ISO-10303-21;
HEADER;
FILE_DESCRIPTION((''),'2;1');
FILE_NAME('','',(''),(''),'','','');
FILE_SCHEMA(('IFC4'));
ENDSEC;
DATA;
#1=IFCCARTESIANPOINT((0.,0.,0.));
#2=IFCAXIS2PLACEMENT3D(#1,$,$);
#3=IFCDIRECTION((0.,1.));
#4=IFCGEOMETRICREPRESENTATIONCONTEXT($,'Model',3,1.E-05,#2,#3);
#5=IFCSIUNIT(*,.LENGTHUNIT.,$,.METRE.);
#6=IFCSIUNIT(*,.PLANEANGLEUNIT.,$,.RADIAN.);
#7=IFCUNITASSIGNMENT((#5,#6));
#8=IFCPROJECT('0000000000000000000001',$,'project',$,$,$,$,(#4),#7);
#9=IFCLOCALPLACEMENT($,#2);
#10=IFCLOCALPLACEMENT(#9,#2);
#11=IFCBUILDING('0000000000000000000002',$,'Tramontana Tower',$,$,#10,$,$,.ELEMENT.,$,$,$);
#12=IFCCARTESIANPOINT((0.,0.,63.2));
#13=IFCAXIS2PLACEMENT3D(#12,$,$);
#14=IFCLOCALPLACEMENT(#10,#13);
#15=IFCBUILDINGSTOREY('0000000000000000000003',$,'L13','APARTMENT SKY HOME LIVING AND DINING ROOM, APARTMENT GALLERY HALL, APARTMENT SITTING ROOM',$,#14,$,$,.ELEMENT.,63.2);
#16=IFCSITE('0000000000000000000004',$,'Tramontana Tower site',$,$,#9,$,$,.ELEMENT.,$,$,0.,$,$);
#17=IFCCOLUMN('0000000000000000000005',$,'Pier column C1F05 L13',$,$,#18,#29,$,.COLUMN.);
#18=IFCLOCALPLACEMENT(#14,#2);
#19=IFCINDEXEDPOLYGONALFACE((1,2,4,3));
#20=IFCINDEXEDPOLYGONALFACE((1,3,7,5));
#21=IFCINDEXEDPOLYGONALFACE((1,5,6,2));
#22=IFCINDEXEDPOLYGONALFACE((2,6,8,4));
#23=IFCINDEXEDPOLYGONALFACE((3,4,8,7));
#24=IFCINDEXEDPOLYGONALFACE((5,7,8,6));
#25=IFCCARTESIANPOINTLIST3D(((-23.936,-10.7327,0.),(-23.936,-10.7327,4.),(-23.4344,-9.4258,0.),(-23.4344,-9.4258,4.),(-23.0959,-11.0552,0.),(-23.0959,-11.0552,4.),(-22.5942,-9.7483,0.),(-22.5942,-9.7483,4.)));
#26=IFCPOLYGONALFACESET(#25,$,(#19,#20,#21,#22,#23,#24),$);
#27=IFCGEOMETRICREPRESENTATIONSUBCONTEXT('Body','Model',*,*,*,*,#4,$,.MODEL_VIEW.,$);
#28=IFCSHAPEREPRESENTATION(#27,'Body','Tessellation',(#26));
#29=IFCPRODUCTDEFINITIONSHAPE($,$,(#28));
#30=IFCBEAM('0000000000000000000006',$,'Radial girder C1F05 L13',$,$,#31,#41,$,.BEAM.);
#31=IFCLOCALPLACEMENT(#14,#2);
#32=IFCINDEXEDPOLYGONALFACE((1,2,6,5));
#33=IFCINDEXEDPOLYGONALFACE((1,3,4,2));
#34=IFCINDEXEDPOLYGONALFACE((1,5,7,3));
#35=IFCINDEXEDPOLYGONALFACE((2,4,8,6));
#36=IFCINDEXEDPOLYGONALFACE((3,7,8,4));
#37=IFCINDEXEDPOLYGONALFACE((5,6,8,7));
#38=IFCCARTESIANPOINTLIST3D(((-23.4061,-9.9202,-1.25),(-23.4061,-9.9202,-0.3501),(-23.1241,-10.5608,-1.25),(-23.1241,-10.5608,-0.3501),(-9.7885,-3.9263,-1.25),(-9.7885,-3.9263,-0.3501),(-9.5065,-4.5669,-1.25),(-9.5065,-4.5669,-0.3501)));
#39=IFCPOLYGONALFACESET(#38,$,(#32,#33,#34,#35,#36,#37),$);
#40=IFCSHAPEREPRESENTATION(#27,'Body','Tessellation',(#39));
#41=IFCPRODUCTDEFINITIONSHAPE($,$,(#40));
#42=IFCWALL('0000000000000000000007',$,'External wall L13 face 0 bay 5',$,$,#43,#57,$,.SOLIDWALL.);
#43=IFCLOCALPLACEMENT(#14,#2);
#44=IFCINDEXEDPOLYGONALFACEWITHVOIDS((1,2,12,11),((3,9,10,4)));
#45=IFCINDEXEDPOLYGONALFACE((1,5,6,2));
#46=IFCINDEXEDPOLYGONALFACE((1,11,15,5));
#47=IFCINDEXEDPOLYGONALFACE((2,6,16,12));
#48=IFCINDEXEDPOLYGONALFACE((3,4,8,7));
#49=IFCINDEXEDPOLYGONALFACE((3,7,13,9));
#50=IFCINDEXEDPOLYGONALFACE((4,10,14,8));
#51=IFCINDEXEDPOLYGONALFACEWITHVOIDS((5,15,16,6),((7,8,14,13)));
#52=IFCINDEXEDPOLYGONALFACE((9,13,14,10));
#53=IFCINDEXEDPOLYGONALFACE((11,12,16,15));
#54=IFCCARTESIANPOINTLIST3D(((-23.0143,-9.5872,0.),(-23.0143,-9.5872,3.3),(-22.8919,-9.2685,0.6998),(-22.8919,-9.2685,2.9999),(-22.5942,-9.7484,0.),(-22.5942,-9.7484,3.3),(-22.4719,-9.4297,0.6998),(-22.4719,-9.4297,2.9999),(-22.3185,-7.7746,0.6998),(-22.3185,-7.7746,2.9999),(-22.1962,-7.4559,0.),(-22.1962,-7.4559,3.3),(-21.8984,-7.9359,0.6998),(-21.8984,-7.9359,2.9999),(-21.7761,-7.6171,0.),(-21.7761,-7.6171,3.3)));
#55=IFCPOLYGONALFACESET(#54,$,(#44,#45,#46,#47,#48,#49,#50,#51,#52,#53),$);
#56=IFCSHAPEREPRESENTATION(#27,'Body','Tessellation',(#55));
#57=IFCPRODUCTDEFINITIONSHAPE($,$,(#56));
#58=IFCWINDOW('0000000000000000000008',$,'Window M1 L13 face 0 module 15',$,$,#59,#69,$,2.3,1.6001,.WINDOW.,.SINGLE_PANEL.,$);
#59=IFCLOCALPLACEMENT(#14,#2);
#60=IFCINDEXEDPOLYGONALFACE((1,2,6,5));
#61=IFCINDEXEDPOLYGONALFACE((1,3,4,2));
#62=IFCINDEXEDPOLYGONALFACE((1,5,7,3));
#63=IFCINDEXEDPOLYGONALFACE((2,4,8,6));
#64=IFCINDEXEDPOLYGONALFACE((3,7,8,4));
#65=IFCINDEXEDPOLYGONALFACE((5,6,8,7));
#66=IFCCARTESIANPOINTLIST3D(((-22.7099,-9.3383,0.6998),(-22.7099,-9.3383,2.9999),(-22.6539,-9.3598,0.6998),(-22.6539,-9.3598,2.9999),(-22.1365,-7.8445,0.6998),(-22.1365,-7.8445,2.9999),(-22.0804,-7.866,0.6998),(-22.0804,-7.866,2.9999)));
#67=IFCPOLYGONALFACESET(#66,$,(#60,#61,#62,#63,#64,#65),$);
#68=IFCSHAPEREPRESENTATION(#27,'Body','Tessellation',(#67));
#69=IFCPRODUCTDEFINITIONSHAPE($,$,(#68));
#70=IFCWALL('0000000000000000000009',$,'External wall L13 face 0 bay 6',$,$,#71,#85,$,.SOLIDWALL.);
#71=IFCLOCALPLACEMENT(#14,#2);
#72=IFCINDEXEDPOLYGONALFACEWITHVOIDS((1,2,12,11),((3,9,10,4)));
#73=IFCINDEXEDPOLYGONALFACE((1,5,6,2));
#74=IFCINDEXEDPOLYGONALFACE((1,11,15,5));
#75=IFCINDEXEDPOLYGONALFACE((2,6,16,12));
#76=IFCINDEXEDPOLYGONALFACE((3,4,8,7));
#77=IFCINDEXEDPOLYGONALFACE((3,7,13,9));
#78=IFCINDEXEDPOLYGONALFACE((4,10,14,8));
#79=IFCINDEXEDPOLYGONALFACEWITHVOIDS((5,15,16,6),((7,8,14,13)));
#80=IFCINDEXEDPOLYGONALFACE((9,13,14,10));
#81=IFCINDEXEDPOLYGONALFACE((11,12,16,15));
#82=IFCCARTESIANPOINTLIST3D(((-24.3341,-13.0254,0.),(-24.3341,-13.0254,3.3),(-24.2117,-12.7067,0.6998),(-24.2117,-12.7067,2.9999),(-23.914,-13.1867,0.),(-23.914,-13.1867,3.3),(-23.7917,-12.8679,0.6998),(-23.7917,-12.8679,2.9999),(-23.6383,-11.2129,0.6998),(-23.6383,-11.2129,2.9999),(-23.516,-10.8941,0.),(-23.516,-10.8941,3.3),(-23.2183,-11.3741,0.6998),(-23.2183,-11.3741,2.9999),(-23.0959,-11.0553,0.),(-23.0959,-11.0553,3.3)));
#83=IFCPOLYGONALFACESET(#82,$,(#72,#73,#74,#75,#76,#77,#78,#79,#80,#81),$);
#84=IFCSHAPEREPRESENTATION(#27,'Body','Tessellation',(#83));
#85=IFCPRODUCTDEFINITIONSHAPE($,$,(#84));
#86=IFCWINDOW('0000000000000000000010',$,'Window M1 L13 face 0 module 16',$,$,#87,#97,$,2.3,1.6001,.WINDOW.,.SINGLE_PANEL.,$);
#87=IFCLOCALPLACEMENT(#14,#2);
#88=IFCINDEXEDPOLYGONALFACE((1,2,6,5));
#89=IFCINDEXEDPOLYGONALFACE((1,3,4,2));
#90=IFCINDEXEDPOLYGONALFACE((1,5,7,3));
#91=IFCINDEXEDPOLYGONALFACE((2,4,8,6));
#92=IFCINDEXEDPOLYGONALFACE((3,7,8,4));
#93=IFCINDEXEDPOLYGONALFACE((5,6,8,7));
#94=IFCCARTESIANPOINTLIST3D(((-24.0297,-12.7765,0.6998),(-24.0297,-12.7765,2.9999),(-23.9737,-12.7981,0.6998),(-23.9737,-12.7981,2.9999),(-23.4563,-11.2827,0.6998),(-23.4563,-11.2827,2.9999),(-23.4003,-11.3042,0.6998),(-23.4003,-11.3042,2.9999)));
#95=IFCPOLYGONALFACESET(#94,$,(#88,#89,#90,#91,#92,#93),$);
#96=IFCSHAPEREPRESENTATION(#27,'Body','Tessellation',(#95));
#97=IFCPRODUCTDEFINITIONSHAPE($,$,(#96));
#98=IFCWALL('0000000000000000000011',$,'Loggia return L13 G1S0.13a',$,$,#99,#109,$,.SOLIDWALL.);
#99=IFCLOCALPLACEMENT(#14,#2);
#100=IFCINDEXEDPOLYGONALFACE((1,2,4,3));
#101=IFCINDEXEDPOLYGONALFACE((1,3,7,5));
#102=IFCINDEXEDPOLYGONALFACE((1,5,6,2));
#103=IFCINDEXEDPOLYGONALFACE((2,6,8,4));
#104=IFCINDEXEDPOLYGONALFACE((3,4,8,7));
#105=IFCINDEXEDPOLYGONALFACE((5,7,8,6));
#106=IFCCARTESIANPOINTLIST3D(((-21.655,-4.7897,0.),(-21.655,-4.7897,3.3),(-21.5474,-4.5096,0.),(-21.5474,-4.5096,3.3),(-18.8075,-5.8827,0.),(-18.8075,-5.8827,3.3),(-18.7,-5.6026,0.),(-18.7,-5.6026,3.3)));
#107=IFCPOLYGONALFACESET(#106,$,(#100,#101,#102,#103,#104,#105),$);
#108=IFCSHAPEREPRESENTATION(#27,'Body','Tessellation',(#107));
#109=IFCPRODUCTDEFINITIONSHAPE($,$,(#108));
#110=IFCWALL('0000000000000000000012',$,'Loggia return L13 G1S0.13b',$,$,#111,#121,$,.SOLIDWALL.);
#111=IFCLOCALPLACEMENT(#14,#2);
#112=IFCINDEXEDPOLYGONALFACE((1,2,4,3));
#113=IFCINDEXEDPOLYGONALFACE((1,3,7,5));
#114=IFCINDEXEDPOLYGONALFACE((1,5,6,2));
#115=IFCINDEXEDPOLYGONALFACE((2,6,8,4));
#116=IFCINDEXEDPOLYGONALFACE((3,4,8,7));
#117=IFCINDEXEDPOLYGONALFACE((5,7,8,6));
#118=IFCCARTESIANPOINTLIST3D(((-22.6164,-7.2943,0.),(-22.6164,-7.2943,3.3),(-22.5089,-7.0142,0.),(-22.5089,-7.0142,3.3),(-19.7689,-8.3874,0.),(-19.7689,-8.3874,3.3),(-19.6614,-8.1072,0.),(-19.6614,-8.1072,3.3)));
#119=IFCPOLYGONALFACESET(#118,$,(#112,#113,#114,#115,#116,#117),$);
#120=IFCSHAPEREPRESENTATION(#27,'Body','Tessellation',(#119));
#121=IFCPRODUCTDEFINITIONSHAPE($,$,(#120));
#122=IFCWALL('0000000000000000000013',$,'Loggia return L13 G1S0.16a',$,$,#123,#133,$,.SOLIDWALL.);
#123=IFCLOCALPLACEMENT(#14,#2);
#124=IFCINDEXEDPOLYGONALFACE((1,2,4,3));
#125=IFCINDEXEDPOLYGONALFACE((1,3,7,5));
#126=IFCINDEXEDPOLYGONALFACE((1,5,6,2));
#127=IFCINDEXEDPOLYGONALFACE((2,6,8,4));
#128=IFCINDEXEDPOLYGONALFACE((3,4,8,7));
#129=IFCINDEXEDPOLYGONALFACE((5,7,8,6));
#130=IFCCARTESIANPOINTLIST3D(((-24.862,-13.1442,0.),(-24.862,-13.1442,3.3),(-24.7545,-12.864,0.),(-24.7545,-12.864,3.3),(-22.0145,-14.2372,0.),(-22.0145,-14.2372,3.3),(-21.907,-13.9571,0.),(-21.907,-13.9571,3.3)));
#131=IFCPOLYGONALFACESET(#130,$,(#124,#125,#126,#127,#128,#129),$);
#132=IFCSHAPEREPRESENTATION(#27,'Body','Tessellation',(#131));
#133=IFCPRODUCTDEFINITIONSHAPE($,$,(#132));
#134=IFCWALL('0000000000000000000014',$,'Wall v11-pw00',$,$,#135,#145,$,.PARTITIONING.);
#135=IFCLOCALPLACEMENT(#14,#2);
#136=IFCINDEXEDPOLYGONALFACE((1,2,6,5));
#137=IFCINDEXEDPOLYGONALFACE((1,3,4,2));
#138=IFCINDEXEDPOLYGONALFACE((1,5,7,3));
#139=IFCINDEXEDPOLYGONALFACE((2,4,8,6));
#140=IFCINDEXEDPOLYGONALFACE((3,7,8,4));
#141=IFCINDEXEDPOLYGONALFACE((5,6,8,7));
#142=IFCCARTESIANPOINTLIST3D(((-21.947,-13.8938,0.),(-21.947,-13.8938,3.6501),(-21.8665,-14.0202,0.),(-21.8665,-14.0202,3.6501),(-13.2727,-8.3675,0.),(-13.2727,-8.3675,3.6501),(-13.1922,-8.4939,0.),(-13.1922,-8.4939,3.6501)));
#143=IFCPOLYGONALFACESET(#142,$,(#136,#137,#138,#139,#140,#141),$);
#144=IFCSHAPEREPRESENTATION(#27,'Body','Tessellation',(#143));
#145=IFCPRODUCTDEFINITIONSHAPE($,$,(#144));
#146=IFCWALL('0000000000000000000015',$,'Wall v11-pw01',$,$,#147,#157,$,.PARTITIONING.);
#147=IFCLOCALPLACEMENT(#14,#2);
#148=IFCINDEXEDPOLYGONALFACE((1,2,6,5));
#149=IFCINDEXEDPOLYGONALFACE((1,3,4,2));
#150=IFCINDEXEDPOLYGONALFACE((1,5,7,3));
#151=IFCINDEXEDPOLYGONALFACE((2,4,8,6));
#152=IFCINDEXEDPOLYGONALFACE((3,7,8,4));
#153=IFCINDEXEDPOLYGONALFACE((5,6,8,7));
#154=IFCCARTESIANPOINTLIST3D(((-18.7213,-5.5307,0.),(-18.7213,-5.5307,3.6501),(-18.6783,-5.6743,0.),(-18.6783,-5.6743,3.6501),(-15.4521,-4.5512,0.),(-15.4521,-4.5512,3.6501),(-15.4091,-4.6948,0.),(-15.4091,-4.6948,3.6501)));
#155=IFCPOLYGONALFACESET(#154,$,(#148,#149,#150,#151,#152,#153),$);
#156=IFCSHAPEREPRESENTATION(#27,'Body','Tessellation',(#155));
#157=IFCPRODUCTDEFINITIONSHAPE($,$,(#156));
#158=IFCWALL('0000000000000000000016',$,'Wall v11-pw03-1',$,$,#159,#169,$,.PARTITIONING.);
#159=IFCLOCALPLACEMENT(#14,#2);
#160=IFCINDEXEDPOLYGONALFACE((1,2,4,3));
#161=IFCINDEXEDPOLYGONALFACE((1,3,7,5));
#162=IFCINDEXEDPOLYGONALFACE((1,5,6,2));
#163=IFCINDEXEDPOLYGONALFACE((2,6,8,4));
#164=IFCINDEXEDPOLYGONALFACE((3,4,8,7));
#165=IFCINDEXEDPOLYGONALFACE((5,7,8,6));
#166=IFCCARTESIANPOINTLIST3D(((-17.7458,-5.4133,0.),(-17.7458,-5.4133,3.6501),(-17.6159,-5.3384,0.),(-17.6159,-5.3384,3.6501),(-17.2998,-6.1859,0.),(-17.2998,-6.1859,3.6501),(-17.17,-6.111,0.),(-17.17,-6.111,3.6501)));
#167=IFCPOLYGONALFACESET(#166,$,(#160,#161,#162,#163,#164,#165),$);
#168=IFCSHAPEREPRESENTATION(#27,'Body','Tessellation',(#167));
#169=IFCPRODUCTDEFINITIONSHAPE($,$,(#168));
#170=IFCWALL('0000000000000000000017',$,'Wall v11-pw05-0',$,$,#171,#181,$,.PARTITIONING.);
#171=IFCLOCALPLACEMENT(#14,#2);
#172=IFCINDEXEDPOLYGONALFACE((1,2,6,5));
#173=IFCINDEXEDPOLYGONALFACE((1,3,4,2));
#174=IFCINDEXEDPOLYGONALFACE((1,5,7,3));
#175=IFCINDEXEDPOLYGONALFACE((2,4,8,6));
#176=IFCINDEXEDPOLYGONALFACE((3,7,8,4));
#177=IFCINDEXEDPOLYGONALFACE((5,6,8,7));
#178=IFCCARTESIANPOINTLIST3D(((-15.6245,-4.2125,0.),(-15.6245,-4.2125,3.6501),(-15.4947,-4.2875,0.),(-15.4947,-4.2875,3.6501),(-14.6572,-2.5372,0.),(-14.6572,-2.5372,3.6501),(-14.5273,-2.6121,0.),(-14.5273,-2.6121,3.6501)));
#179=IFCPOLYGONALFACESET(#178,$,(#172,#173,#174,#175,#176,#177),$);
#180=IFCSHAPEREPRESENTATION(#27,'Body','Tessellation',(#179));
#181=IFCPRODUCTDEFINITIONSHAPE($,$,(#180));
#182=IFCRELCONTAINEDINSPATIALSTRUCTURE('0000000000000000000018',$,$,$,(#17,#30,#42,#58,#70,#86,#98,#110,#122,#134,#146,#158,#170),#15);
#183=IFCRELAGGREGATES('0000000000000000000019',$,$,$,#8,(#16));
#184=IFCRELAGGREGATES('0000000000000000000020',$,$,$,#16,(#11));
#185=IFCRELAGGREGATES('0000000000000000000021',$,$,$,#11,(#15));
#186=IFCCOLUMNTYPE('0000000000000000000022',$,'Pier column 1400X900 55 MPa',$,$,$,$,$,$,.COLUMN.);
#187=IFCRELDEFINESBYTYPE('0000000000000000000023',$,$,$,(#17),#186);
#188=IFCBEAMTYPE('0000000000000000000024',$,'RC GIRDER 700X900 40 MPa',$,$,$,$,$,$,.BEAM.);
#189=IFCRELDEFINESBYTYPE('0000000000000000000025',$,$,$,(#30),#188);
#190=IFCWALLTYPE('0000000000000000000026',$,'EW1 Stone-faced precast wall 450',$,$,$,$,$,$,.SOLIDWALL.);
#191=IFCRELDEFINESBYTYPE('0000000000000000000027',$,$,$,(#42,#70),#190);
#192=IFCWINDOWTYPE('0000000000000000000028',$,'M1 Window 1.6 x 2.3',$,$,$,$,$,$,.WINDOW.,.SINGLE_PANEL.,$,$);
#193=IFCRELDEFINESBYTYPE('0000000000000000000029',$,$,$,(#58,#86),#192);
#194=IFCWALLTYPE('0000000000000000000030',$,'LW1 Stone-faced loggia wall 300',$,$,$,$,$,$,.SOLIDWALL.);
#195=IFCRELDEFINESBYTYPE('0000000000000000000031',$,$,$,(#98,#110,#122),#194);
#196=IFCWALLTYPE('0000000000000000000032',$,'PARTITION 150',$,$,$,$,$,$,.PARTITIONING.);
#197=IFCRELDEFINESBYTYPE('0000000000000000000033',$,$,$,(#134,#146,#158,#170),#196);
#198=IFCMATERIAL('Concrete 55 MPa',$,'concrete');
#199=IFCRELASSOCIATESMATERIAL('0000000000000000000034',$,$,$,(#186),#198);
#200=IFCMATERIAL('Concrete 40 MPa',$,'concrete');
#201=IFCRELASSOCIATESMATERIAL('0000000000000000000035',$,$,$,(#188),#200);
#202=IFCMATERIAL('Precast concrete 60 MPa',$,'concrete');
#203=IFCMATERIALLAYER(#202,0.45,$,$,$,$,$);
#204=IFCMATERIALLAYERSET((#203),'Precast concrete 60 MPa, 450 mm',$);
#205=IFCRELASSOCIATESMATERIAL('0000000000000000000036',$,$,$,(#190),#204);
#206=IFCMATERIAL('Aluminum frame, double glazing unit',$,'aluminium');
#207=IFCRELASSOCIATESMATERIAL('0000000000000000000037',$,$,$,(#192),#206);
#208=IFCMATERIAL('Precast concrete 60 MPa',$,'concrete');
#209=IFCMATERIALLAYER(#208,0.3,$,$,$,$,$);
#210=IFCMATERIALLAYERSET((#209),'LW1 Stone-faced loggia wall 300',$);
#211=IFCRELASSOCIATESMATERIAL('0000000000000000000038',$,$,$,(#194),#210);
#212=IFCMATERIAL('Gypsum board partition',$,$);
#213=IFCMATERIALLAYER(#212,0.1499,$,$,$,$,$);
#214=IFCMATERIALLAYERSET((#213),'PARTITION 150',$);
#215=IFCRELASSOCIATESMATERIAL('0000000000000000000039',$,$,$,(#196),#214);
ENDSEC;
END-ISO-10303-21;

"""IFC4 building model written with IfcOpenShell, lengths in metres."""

from ifc_helpers import new_model, si_unit, direction, frame, frame_2d, origin, origin_2d, place, context, subcontext, project, spatial, rectangle, extrude, material, layer, layer_set, material_profile, profile_set, type_object, element, fill, save


model = new_model("IFC4")

# Units and contexts
model_context = context("Model", 3, precision=1e-05, world=origin(), true_north=direction((0.0, 1.0)))
body_context = subcontext(model_context, "Body", "Model", "MODEL_VIEW")
ifc_project = project(units=[si_unit("LENGTHUNIT", "METRE"), si_unit("PLANEANGLEUNIT", "RADIAN")], contexts=[model_context])

# Site, building, storey
site_placement = place(None, origin())
site = spatial("IfcSite", under=ifc_project, at=site_placement, Name="Tramontana Tower site", CompositionType="ELEMENT", RefElevation=0.0)
building_placement = place(site_placement, origin())
building = spatial("IfcBuilding", under=site, at=building_placement, Name="Tramontana Tower", CompositionType="ELEMENT")
storey_placement = place(building_placement, frame((0.0, 0.0, 63.2)))
storey = spatial("IfcBuildingStorey", under=building, at=storey_placement, Name="L13", Description="APARTMENT SKY HOME LIVING AND DINING ROOM, APARTMENT GALLERY HALL, APARTMENT SITTING ROOM", CompositionType="ELEMENT", Elevation=63.2)

# Column
ifc_material_1 = material(Name="Concrete 55 MPa", Category="concrete")
ifc_material_profile_1 = material_profile(ifc_material_1, rectangle(XDim=1.3999, YDim=0.8999, at=origin_2d()), Name="Pier column 1400X900 55 MPa")
ifc_profile_set_1 = profile_set([ifc_material_profile_1], Name="Concrete 55 MPa")
column_type = type_object("IfcColumnType", Name="Pier column 1400X900 55 MPa", PredefinedType="COLUMN", material=ifc_profile_set_1)
column_placement = place(storey_placement, frame((-23.2651, -10.2405, 0.0), z_axis=(0.0, 0.0, 1.0), x_axis=(-0.358368, -0.93358, 0.0)))
element("IfcColumn", 1, at=column_placement, inside=storey, type_object=column_type, Name="Pier column C1F05 L13", PredefinedType="COLUMN", context=body_context, shape_type="SweptSolid", body=[
    extrude(rectangle(XDim=1.3999, YDim=0.8999, at=origin_2d()), origin(), (0.0, 0.0, 1.0), 4.0),
])

# Beam
ifc_material_2 = material(Name="Concrete 40 MPa", Category="concrete")
ifc_material_profile_2 = material_profile(ifc_material_2, rectangle(XDim=0.7, YDim=0.8999, at=origin_2d()), Name="RC GIRDER 700X900 40 MPa")
ifc_profile_set_2 = profile_set([ifc_material_profile_2], Name="Concrete 40 MPa")
beam_type = type_object("IfcBeamType", Name="RC GIRDER 700X900 40 MPa", PredefinedType="BEAM", material=ifc_profile_set_2)
beam_placement = place(storey_placement, frame((-23.2651, -10.2405, -0.8), z_axis=(0.915263, 0.402858, 0.0), x_axis=(-0.402858, 0.915263, 0.0)))
element("IfcBeam", 2, at=beam_placement, inside=storey, type_object=beam_type, Name="Radial girder C1F05 L13", PredefinedType="BEAM", context=body_context, shape_type="SweptSolid", body=[
    extrude(rectangle(XDim=0.7, YDim=0.8999, at=origin_2d()), origin(), (0.0, 0.0, 1.0), 14.8784),
])

# Walls, openings, windows
ifc_material_3 = material(Name="Precast concrete 60 MPa", Category="concrete")
ifc_layer_1 = layer(ifc_material_3, 0.45)
ifc_layer_set_1 = layer_set([ifc_layer_1], Name="Precast concrete 60 MPa, 450 mm")
wall_type_1 = type_object("IfcWallType", Name="EW1 Stone-faced precast wall 450", PredefinedType="SOLIDWALL", material=ifc_layer_set_1)
wall_1_placement = place(storey_placement, frame((-21.9861, -7.5364, 0.0), z_axis=(0.0, 0.0, 1.0), x_axis=(-0.358356, -0.933585, 0.0)))
wall_1 = element("IfcWall", 3, at=wall_1_placement, inside=storey, type_object=wall_type_1, Name="External wall L13 face 0 bay 5", PredefinedType="SOLIDWALL", context=body_context, shape_type="SweptSolid", body=[
    extrude(rectangle(XDim=2.283, YDim=0.45, at=frame_2d((1.1416, 0.0))), origin(), (0.0, 0.0, 1.0), 3.3),
])
opening_1_placement = place(wall_1_placement, frame((0.3416, 0.0, 0.7)))
opening_1 = element("IfcOpeningElement", 4, at=opening_1_placement, cuts=wall_1, PredefinedType="OPENING", context=body_context, shape_type="SweptSolid", body=[
    extrude(rectangle(XDim=1.6001, YDim=2.3, at=frame_2d((0.8, 1.1499))), frame((0.0, 0.2349, 0.0), z_axis=(0.0, -1.0, 0.0), x_axis=(1.0, 0.0, 0.0)), (0.0, 0.0, 1.0), 0.47),
])
ifc_material_4 = material(Name="Aluminum frame, double glazing unit", Category="aluminium")
window_type = type_object("IfcWindowType", Name="M1 Window 1.6 x 2.3", PartitioningType="SINGLE_PANEL", PredefinedType="WINDOW", material=ifc_material_4)
window_1_placement = place(opening_1_placement, origin())
window_1 = element("IfcWindow", 5, at=window_1_placement, inside=storey, type_object=window_type, Name="Window M1 L13 face 0 module 15", OverallHeight=2.3, OverallWidth=1.6001, PartitioningType="SINGLE_PANEL", PredefinedType="WINDOW", context=body_context, shape_type="SweptSolid", body=[
    extrude(rectangle(XDim=1.6001, YDim=2.3, at=frame_2d((0.8, 1.1499))), frame((0.0, 0.03, 0.0), z_axis=(0.0, -1.0, 0.0), x_axis=(1.0, 0.0, 0.0)), (0.0, 0.0, 1.0), 0.0601),
])
fill(opening_1, window_1)
wall_2_placement = place(storey_placement, frame((-23.3059, -10.9746, 0.0), z_axis=(0.0, 0.0, 1.0), x_axis=(-0.358356, -0.933585, 0.0)))
wall_2 = element("IfcWall", 6, at=wall_2_placement, inside=storey, type_object=wall_type_1, Name="External wall L13 face 0 bay 6", PredefinedType="SOLIDWALL", context=body_context, shape_type="SweptSolid", body=[
    extrude(rectangle(XDim=2.283, YDim=0.45, at=frame_2d((1.1416, 0.0))), origin(), (0.0, 0.0, 1.0), 3.3),
])
opening_2_placement = place(wall_2_placement, frame((0.3416, 0.0, 0.7)))
opening_2 = element("IfcOpeningElement", 7, at=opening_2_placement, cuts=wall_2, PredefinedType="OPENING", context=body_context, shape_type="SweptSolid", body=[
    extrude(rectangle(XDim=1.6001, YDim=2.3, at=frame_2d((0.8, 1.1499))), frame((0.0, 0.2349, 0.0), z_axis=(0.0, -1.0, 0.0), x_axis=(1.0, 0.0, 0.0)), (0.0, 0.0, 1.0), 0.47),
])
window_2_placement = place(opening_2_placement, origin())
window_2 = element("IfcWindow", 8, at=window_2_placement, inside=storey, type_object=window_type, Name="Window M1 L13 face 0 module 16", OverallHeight=2.3, OverallWidth=1.6001, PartitioningType="SINGLE_PANEL", PredefinedType="WINDOW", context=body_context, shape_type="SweptSolid", body=[
    extrude(rectangle(XDim=1.6001, YDim=2.3, at=frame_2d((0.8, 1.1499))), frame((0.0, 0.03, 0.0), z_axis=(0.0, -1.0, 0.0), x_axis=(1.0, 0.0, 0.0)), (0.0, 0.0, 1.0), 0.0601),
])
fill(opening_2, window_2)

# Shared definitions
ifc_material_5 = material(Name="Precast concrete 60 MPa", Category="concrete")
ifc_layer_2 = layer(ifc_material_5, 0.3)
ifc_layer_set_2 = layer_set([ifc_layer_2], Name="LW1 Stone-faced loggia wall 300")
wall_type_2 = type_object("IfcWallType", Name="LW1 Stone-faced loggia wall 300", PredefinedType="SOLIDWALL", material=ifc_layer_set_2)

# Walls
for number, where, z_axis, x_axis, name in (
    (9, (-21.6011, -4.6497, 0.0), (0.0, 0.0, 1.0), (0.933581, -0.358368, 0.0), "Loggia return L13 G1S0.13a"),
    (10, (-22.5625, -7.1543, 0.0), (0.0, 0.0, 1.0), (0.933581, -0.358368, 0.0), "Loggia return L13 G1S0.13b"),
):
    element("IfcWall", number, at=place(storey_placement, frame(where, z_axis=z_axis, x_axis=x_axis)), inside=storey, type_object=wall_type_2, Name=name, PredefinedType="SOLIDWALL", context=body_context, shape_type="SweptSolid", body=[
        extrude(rectangle(XDim=3.05, YDim=0.3, at=frame_2d((1.5249, 0.0))), origin(), (0.0, 0.0, 1.0), 3.3),
    ])

# Walls
wall_3_placement = place(storey_placement, frame((-24.8081, -13.0042, 0.0), z_axis=(0.0, 0.0, 1.0), x_axis=(0.933581, -0.358368, 0.0)))
element("IfcWall", 11, at=wall_3_placement, inside=storey, type_object=wall_type_2, Name="Loggia return L13 G1S0.16a", PredefinedType="SOLIDWALL", context=body_context, shape_type="SweptSolid", body=[
    extrude(rectangle(XDim=3.05, YDim=0.3, at=frame_2d((1.5249, 0.0))), origin(), (0.0, 0.0, 1.0), 3.3),
])
ifc_material_6 = material(Name="Gypsum board partition")
ifc_layer_3 = layer(ifc_material_6, 0.1499)
ifc_layer_set_3 = layer_set([ifc_layer_3], Name="PARTITION 150")
wall_type_3 = type_object("IfcWallType", Name="PARTITION 150", PredefinedType="PARTITIONING", material=ifc_layer_set_3)
wall_4_placement = place(storey_placement, frame((-21.9067, -13.957, 0.0), z_axis=(0.0, 0.0, 1.0), x_axis=(0.843382, 0.537315, 0.0)))
element("IfcWall", 12, at=wall_4_placement, inside=storey, type_object=wall_type_3, Name="Wall v11-pw00", PredefinedType="PARTITIONING", context=body_context, shape_type="SweptSolid", body=[
    extrude(rectangle(XDim=10.2852, YDim=0.1499, at=frame_2d((5.1426, 0.0))), origin(), (0.0, 0.0, 1.0), 3.6501),
])
wall_5_placement = place(storey_placement, frame((-18.7, -5.6025, 0.0), z_axis=(0.0, 0.0, 1.0), x_axis=(0.957931, 0.287, 0.0)))
element("IfcWall", 13, at=wall_5_placement, inside=storey, type_object=wall_type_3, Name="Wall v11-pw01", PredefinedType="PARTITIONING", context=body_context, shape_type="SweptSolid", body=[
    extrude(rectangle(XDim=3.4128, YDim=0.1499, at=frame_2d((1.7065, 0.0))), origin(), (0.0, 0.0, 1.0), 3.6501),
])

# Walls
wall_6_placement = place(storey_placement, frame((-17.2349, -6.1484, 0.0), z_axis=(0.0, 0.0, 1.0), x_axis=(-0.499936, 0.866063, 0.0)))
element("IfcWall", 14, at=wall_6_placement, inside=storey, type_object=wall_type_3, Name="Wall v11-pw03-1", PredefinedType="PARTITIONING", context=body_context, shape_type="SweptSolid", body=[
    extrude(rectangle(XDim=0.8921, YDim=0.1499, at=frame_2d((0.446, 0.0))), origin(), (0.0, 0.0, 1.0), 3.6501),
])
wall_7_placement = place(storey_placement, frame((-15.5596, -4.25, 0.0), z_axis=(0.0, 0.0, 1.0), x_axis=(0.500021, 0.866013, 0.0)))
element("IfcWall", 15, at=wall_7_placement, inside=storey, type_object=wall_type_3, Name="Wall v11-pw05-0", PredefinedType="PARTITIONING", context=body_context, shape_type="SweptSolid", body=[
    extrude(rectangle(XDim=1.9346, YDim=0.1499, at=frame_2d((0.9673, 0.0))), origin(), (0.0, 0.0, 1.0), 3.6501),
])

save(model, "model.ifc")
